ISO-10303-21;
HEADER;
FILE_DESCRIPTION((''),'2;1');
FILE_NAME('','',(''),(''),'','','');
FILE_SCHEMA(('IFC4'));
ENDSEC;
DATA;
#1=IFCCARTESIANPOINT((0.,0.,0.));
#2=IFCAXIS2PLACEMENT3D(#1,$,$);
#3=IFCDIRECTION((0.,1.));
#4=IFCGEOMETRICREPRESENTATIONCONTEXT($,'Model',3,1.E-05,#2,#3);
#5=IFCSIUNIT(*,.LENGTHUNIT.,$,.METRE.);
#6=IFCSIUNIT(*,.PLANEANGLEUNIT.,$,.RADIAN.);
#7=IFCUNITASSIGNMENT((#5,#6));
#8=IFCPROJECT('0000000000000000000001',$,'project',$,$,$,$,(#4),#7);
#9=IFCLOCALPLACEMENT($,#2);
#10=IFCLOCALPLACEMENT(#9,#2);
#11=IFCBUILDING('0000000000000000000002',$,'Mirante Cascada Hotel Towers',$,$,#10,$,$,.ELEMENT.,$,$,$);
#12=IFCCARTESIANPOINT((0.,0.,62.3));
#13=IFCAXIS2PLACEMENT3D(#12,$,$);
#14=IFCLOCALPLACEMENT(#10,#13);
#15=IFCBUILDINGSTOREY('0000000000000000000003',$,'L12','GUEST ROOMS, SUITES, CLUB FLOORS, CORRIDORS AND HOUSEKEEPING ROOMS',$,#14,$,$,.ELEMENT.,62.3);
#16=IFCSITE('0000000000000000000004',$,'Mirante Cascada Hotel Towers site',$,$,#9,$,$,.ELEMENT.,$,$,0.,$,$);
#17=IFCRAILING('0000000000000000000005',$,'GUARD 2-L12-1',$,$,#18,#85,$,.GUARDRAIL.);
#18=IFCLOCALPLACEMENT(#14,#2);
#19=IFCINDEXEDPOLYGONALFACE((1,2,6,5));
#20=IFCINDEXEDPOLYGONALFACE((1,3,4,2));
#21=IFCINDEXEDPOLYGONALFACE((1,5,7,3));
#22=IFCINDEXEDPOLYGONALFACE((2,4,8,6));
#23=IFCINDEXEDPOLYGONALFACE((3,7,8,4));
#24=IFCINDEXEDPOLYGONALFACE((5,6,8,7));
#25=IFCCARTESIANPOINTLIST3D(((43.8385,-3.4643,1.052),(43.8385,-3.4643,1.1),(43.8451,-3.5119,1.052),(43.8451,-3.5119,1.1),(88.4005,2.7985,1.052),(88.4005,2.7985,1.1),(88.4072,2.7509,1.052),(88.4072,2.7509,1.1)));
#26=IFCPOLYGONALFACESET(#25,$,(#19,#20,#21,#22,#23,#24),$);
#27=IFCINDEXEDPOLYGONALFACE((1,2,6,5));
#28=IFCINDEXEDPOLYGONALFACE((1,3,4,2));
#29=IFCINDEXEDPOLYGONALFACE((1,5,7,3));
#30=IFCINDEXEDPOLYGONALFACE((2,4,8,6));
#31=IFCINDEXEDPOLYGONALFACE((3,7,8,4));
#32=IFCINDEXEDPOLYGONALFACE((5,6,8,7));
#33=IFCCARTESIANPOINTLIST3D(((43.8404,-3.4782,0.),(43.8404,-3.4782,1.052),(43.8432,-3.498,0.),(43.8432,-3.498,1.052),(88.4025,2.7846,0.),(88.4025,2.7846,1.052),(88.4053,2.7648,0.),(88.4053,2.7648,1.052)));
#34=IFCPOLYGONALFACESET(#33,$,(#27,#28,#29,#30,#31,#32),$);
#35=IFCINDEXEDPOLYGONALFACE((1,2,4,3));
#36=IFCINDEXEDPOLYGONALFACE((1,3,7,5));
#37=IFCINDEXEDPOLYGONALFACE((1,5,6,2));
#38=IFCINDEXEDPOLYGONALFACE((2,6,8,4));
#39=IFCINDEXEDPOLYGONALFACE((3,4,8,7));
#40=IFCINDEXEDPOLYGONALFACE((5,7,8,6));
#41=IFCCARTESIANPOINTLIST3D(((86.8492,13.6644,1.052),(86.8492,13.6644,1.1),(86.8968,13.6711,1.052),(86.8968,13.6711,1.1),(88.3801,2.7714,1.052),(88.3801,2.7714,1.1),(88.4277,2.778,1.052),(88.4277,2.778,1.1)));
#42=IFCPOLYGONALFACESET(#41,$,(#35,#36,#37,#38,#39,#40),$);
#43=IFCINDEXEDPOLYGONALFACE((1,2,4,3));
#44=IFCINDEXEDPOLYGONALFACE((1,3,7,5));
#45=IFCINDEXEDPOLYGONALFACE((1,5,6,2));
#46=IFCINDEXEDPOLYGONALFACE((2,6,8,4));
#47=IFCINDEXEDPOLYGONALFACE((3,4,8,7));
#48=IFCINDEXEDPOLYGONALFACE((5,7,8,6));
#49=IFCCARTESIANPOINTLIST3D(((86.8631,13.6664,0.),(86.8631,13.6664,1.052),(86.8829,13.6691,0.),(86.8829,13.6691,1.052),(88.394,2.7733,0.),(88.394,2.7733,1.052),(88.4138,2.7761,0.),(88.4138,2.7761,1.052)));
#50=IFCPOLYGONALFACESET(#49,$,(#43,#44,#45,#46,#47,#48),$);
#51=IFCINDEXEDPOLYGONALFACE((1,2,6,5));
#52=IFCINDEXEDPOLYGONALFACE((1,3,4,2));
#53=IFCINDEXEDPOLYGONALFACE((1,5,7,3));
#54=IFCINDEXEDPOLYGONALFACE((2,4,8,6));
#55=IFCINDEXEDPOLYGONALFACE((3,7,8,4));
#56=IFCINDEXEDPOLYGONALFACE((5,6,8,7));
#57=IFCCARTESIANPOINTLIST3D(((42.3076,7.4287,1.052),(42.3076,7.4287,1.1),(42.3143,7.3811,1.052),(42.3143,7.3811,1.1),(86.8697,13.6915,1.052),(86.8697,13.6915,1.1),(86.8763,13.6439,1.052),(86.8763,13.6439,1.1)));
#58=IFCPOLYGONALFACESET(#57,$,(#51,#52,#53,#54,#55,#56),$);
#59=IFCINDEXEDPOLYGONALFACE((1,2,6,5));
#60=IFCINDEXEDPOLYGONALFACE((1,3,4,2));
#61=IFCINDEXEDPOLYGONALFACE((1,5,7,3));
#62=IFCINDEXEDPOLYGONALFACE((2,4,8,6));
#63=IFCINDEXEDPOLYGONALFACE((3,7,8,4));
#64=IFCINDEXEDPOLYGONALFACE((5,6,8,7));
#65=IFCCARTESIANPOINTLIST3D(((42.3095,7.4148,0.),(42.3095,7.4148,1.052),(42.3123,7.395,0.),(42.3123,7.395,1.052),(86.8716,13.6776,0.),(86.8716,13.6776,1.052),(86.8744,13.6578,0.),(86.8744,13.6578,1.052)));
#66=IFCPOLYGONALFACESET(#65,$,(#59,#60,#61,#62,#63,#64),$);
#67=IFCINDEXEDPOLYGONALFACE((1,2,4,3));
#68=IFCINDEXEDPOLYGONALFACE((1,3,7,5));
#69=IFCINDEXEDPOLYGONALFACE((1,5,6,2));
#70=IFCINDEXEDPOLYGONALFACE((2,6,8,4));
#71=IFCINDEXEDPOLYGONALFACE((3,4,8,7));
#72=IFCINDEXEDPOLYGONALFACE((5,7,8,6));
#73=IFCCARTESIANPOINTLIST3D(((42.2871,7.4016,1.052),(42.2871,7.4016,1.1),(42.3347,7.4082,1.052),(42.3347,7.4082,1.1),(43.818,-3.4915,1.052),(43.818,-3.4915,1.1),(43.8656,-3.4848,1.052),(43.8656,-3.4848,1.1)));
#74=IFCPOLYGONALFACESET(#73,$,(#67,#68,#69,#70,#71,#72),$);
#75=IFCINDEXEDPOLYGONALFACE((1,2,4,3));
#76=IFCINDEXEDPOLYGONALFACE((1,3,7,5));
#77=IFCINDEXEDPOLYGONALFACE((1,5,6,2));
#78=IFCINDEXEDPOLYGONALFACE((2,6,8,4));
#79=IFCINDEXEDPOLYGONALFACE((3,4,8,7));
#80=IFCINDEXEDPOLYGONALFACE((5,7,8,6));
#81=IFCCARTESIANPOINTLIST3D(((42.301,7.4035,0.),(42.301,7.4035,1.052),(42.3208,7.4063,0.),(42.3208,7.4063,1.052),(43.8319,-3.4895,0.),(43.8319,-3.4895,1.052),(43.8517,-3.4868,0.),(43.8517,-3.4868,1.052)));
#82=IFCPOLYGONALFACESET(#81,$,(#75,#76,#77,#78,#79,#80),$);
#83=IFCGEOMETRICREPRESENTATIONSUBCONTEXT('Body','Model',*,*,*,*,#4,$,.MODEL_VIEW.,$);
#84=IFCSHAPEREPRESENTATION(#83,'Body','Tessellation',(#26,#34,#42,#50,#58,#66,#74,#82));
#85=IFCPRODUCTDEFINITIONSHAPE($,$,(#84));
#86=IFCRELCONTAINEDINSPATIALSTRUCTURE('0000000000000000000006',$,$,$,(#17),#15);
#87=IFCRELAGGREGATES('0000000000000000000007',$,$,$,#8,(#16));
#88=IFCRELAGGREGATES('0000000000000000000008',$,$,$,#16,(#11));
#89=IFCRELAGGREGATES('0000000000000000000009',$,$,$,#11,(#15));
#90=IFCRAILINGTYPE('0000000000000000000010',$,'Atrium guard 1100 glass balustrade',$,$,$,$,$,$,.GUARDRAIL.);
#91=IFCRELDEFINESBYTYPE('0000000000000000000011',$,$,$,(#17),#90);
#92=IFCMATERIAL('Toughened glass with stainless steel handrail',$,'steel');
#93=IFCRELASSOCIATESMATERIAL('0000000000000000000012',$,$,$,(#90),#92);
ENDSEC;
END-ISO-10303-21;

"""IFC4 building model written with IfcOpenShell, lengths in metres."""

from ifc_helpers import new_model, si_unit, direction, frame, origin, origin_2d, place, context, subcontext, project, spatial, rectangle, extrude, material, type_object, element, save


model = new_model("IFC4")

# Units and contexts
model_context = context("Model", 3, precision=1e-05, world=origin(), true_north=direction((0.0, 1.0)))
body_context = subcontext(model_context, "Body", "Model", "MODEL_VIEW")
ifc_project = project(units=[si_unit("LENGTHUNIT", "METRE"), si_unit("PLANEANGLEUNIT", "RADIAN")], contexts=[model_context])

# Site, building, storey
site_placement = place(None, origin())
site = spatial("IfcSite", under=ifc_project, at=site_placement, Name="Mirante Cascada Hotel Towers site", CompositionType="ELEMENT", RefElevation=0.0)
building_placement = place(site_placement, origin())
building = spatial("IfcBuilding", under=site, at=building_placement, Name="Mirante Cascada Hotel Towers", CompositionType="ELEMENT")
storey_placement = place(building_placement, frame((0.0, 0.0, 62.3)))
storey = spatial("IfcBuildingStorey", under=building, at=storey_placement, Name="L12", Description="GUEST ROOMS, SUITES, CLUB FLOORS, CORRIDORS AND HOUSEKEEPING ROOMS", CompositionType="ELEMENT", Elevation=62.3)

# Railing
ifc_material_1 = material(Name="Toughened glass with stainless steel handrail", Category="steel")
railing_type = type_object("IfcRailingType", Name="Atrium guard 1100 glass balustrade", PredefinedType="GUARDRAIL", material=ifc_material_1)
railing_placement = place(storey_placement, frame((43.8418, -3.4881, 0.0)))
element("IfcRailing", 1, at=railing_placement, inside=storey, type_object=railing_type, Name="GUARD 2-L12-1", PredefinedType="GUARDRAIL", context=body_context, shape_type="SweptSolid", body=[
    extrude(rectangle(XDim=0.048, YDim=0.048, at=origin_2d()), frame((0.0, 0.0, 1.076), z_axis=(0.990268, 0.139173, 0.0), x_axis=(-0.139173, 0.990268, 0.0)), (0.0, 0.0, 1.0), 45.0),
    extrude(rectangle(XDim=0.02, YDim=1.052, at=origin_2d()), frame((0.0, 0.0, 0.526), z_axis=(0.990268, 0.139173, 0.0), x_axis=(-0.139173, 0.990268, 0.0)), (0.0, 0.0, 1.0), 45.0),
    extrude(rectangle(XDim=0.048, YDim=0.048, at=origin_2d()), frame((44.5621, 6.2628, 1.076), z_axis=(-0.139172, 0.990268, 0.0), x_axis=(-0.990268, -0.139172, 0.0)), (0.0, 0.0, 1.0), 11.0001),
    extrude(rectangle(XDim=0.02, YDim=1.052, at=origin_2d()), frame((44.5621, 6.2628, 0.526), z_axis=(-0.139172, 0.990268, 0.0), x_axis=(-0.990268, -0.139172, 0.0)), (0.0, 0.0, 1.0), 11.0001),
    extrude(rectangle(XDim=0.048, YDim=0.048, at=origin_2d()), frame((43.0312, 17.1558, 1.076), z_axis=(-0.990268, -0.139173, 0.0), x_axis=(0.139173, -0.990268, 0.0)), (0.0, 0.0, 1.0), 45.0),
    extrude(rectangle(XDim=0.02, YDim=1.052, at=origin_2d()), frame((43.0312, 17.1558, 0.526), z_axis=(-0.990268, -0.139173, 0.0), x_axis=(0.139173, -0.990268, 0.0)), (0.0, 0.0, 1.0), 45.0),
    extrude(rectangle(XDim=0.048, YDim=0.048, at=origin_2d()), frame((-1.5309, 10.893, 1.076), z_axis=(0.139172, -0.990268, 0.0), x_axis=(0.990268, 0.139172, 0.0)), (0.0, 0.0, 1.0), 11.0001),
    extrude(rectangle(XDim=0.02, YDim=1.052, at=origin_2d()), frame((-1.5309, 10.893, 0.526), z_axis=(0.139172, -0.990268, 0.0), x_axis=(0.990268, 0.139172, 0.0)), (0.0, 0.0, 1.0), 11.0001),
])

save(model, "model.ifc")
